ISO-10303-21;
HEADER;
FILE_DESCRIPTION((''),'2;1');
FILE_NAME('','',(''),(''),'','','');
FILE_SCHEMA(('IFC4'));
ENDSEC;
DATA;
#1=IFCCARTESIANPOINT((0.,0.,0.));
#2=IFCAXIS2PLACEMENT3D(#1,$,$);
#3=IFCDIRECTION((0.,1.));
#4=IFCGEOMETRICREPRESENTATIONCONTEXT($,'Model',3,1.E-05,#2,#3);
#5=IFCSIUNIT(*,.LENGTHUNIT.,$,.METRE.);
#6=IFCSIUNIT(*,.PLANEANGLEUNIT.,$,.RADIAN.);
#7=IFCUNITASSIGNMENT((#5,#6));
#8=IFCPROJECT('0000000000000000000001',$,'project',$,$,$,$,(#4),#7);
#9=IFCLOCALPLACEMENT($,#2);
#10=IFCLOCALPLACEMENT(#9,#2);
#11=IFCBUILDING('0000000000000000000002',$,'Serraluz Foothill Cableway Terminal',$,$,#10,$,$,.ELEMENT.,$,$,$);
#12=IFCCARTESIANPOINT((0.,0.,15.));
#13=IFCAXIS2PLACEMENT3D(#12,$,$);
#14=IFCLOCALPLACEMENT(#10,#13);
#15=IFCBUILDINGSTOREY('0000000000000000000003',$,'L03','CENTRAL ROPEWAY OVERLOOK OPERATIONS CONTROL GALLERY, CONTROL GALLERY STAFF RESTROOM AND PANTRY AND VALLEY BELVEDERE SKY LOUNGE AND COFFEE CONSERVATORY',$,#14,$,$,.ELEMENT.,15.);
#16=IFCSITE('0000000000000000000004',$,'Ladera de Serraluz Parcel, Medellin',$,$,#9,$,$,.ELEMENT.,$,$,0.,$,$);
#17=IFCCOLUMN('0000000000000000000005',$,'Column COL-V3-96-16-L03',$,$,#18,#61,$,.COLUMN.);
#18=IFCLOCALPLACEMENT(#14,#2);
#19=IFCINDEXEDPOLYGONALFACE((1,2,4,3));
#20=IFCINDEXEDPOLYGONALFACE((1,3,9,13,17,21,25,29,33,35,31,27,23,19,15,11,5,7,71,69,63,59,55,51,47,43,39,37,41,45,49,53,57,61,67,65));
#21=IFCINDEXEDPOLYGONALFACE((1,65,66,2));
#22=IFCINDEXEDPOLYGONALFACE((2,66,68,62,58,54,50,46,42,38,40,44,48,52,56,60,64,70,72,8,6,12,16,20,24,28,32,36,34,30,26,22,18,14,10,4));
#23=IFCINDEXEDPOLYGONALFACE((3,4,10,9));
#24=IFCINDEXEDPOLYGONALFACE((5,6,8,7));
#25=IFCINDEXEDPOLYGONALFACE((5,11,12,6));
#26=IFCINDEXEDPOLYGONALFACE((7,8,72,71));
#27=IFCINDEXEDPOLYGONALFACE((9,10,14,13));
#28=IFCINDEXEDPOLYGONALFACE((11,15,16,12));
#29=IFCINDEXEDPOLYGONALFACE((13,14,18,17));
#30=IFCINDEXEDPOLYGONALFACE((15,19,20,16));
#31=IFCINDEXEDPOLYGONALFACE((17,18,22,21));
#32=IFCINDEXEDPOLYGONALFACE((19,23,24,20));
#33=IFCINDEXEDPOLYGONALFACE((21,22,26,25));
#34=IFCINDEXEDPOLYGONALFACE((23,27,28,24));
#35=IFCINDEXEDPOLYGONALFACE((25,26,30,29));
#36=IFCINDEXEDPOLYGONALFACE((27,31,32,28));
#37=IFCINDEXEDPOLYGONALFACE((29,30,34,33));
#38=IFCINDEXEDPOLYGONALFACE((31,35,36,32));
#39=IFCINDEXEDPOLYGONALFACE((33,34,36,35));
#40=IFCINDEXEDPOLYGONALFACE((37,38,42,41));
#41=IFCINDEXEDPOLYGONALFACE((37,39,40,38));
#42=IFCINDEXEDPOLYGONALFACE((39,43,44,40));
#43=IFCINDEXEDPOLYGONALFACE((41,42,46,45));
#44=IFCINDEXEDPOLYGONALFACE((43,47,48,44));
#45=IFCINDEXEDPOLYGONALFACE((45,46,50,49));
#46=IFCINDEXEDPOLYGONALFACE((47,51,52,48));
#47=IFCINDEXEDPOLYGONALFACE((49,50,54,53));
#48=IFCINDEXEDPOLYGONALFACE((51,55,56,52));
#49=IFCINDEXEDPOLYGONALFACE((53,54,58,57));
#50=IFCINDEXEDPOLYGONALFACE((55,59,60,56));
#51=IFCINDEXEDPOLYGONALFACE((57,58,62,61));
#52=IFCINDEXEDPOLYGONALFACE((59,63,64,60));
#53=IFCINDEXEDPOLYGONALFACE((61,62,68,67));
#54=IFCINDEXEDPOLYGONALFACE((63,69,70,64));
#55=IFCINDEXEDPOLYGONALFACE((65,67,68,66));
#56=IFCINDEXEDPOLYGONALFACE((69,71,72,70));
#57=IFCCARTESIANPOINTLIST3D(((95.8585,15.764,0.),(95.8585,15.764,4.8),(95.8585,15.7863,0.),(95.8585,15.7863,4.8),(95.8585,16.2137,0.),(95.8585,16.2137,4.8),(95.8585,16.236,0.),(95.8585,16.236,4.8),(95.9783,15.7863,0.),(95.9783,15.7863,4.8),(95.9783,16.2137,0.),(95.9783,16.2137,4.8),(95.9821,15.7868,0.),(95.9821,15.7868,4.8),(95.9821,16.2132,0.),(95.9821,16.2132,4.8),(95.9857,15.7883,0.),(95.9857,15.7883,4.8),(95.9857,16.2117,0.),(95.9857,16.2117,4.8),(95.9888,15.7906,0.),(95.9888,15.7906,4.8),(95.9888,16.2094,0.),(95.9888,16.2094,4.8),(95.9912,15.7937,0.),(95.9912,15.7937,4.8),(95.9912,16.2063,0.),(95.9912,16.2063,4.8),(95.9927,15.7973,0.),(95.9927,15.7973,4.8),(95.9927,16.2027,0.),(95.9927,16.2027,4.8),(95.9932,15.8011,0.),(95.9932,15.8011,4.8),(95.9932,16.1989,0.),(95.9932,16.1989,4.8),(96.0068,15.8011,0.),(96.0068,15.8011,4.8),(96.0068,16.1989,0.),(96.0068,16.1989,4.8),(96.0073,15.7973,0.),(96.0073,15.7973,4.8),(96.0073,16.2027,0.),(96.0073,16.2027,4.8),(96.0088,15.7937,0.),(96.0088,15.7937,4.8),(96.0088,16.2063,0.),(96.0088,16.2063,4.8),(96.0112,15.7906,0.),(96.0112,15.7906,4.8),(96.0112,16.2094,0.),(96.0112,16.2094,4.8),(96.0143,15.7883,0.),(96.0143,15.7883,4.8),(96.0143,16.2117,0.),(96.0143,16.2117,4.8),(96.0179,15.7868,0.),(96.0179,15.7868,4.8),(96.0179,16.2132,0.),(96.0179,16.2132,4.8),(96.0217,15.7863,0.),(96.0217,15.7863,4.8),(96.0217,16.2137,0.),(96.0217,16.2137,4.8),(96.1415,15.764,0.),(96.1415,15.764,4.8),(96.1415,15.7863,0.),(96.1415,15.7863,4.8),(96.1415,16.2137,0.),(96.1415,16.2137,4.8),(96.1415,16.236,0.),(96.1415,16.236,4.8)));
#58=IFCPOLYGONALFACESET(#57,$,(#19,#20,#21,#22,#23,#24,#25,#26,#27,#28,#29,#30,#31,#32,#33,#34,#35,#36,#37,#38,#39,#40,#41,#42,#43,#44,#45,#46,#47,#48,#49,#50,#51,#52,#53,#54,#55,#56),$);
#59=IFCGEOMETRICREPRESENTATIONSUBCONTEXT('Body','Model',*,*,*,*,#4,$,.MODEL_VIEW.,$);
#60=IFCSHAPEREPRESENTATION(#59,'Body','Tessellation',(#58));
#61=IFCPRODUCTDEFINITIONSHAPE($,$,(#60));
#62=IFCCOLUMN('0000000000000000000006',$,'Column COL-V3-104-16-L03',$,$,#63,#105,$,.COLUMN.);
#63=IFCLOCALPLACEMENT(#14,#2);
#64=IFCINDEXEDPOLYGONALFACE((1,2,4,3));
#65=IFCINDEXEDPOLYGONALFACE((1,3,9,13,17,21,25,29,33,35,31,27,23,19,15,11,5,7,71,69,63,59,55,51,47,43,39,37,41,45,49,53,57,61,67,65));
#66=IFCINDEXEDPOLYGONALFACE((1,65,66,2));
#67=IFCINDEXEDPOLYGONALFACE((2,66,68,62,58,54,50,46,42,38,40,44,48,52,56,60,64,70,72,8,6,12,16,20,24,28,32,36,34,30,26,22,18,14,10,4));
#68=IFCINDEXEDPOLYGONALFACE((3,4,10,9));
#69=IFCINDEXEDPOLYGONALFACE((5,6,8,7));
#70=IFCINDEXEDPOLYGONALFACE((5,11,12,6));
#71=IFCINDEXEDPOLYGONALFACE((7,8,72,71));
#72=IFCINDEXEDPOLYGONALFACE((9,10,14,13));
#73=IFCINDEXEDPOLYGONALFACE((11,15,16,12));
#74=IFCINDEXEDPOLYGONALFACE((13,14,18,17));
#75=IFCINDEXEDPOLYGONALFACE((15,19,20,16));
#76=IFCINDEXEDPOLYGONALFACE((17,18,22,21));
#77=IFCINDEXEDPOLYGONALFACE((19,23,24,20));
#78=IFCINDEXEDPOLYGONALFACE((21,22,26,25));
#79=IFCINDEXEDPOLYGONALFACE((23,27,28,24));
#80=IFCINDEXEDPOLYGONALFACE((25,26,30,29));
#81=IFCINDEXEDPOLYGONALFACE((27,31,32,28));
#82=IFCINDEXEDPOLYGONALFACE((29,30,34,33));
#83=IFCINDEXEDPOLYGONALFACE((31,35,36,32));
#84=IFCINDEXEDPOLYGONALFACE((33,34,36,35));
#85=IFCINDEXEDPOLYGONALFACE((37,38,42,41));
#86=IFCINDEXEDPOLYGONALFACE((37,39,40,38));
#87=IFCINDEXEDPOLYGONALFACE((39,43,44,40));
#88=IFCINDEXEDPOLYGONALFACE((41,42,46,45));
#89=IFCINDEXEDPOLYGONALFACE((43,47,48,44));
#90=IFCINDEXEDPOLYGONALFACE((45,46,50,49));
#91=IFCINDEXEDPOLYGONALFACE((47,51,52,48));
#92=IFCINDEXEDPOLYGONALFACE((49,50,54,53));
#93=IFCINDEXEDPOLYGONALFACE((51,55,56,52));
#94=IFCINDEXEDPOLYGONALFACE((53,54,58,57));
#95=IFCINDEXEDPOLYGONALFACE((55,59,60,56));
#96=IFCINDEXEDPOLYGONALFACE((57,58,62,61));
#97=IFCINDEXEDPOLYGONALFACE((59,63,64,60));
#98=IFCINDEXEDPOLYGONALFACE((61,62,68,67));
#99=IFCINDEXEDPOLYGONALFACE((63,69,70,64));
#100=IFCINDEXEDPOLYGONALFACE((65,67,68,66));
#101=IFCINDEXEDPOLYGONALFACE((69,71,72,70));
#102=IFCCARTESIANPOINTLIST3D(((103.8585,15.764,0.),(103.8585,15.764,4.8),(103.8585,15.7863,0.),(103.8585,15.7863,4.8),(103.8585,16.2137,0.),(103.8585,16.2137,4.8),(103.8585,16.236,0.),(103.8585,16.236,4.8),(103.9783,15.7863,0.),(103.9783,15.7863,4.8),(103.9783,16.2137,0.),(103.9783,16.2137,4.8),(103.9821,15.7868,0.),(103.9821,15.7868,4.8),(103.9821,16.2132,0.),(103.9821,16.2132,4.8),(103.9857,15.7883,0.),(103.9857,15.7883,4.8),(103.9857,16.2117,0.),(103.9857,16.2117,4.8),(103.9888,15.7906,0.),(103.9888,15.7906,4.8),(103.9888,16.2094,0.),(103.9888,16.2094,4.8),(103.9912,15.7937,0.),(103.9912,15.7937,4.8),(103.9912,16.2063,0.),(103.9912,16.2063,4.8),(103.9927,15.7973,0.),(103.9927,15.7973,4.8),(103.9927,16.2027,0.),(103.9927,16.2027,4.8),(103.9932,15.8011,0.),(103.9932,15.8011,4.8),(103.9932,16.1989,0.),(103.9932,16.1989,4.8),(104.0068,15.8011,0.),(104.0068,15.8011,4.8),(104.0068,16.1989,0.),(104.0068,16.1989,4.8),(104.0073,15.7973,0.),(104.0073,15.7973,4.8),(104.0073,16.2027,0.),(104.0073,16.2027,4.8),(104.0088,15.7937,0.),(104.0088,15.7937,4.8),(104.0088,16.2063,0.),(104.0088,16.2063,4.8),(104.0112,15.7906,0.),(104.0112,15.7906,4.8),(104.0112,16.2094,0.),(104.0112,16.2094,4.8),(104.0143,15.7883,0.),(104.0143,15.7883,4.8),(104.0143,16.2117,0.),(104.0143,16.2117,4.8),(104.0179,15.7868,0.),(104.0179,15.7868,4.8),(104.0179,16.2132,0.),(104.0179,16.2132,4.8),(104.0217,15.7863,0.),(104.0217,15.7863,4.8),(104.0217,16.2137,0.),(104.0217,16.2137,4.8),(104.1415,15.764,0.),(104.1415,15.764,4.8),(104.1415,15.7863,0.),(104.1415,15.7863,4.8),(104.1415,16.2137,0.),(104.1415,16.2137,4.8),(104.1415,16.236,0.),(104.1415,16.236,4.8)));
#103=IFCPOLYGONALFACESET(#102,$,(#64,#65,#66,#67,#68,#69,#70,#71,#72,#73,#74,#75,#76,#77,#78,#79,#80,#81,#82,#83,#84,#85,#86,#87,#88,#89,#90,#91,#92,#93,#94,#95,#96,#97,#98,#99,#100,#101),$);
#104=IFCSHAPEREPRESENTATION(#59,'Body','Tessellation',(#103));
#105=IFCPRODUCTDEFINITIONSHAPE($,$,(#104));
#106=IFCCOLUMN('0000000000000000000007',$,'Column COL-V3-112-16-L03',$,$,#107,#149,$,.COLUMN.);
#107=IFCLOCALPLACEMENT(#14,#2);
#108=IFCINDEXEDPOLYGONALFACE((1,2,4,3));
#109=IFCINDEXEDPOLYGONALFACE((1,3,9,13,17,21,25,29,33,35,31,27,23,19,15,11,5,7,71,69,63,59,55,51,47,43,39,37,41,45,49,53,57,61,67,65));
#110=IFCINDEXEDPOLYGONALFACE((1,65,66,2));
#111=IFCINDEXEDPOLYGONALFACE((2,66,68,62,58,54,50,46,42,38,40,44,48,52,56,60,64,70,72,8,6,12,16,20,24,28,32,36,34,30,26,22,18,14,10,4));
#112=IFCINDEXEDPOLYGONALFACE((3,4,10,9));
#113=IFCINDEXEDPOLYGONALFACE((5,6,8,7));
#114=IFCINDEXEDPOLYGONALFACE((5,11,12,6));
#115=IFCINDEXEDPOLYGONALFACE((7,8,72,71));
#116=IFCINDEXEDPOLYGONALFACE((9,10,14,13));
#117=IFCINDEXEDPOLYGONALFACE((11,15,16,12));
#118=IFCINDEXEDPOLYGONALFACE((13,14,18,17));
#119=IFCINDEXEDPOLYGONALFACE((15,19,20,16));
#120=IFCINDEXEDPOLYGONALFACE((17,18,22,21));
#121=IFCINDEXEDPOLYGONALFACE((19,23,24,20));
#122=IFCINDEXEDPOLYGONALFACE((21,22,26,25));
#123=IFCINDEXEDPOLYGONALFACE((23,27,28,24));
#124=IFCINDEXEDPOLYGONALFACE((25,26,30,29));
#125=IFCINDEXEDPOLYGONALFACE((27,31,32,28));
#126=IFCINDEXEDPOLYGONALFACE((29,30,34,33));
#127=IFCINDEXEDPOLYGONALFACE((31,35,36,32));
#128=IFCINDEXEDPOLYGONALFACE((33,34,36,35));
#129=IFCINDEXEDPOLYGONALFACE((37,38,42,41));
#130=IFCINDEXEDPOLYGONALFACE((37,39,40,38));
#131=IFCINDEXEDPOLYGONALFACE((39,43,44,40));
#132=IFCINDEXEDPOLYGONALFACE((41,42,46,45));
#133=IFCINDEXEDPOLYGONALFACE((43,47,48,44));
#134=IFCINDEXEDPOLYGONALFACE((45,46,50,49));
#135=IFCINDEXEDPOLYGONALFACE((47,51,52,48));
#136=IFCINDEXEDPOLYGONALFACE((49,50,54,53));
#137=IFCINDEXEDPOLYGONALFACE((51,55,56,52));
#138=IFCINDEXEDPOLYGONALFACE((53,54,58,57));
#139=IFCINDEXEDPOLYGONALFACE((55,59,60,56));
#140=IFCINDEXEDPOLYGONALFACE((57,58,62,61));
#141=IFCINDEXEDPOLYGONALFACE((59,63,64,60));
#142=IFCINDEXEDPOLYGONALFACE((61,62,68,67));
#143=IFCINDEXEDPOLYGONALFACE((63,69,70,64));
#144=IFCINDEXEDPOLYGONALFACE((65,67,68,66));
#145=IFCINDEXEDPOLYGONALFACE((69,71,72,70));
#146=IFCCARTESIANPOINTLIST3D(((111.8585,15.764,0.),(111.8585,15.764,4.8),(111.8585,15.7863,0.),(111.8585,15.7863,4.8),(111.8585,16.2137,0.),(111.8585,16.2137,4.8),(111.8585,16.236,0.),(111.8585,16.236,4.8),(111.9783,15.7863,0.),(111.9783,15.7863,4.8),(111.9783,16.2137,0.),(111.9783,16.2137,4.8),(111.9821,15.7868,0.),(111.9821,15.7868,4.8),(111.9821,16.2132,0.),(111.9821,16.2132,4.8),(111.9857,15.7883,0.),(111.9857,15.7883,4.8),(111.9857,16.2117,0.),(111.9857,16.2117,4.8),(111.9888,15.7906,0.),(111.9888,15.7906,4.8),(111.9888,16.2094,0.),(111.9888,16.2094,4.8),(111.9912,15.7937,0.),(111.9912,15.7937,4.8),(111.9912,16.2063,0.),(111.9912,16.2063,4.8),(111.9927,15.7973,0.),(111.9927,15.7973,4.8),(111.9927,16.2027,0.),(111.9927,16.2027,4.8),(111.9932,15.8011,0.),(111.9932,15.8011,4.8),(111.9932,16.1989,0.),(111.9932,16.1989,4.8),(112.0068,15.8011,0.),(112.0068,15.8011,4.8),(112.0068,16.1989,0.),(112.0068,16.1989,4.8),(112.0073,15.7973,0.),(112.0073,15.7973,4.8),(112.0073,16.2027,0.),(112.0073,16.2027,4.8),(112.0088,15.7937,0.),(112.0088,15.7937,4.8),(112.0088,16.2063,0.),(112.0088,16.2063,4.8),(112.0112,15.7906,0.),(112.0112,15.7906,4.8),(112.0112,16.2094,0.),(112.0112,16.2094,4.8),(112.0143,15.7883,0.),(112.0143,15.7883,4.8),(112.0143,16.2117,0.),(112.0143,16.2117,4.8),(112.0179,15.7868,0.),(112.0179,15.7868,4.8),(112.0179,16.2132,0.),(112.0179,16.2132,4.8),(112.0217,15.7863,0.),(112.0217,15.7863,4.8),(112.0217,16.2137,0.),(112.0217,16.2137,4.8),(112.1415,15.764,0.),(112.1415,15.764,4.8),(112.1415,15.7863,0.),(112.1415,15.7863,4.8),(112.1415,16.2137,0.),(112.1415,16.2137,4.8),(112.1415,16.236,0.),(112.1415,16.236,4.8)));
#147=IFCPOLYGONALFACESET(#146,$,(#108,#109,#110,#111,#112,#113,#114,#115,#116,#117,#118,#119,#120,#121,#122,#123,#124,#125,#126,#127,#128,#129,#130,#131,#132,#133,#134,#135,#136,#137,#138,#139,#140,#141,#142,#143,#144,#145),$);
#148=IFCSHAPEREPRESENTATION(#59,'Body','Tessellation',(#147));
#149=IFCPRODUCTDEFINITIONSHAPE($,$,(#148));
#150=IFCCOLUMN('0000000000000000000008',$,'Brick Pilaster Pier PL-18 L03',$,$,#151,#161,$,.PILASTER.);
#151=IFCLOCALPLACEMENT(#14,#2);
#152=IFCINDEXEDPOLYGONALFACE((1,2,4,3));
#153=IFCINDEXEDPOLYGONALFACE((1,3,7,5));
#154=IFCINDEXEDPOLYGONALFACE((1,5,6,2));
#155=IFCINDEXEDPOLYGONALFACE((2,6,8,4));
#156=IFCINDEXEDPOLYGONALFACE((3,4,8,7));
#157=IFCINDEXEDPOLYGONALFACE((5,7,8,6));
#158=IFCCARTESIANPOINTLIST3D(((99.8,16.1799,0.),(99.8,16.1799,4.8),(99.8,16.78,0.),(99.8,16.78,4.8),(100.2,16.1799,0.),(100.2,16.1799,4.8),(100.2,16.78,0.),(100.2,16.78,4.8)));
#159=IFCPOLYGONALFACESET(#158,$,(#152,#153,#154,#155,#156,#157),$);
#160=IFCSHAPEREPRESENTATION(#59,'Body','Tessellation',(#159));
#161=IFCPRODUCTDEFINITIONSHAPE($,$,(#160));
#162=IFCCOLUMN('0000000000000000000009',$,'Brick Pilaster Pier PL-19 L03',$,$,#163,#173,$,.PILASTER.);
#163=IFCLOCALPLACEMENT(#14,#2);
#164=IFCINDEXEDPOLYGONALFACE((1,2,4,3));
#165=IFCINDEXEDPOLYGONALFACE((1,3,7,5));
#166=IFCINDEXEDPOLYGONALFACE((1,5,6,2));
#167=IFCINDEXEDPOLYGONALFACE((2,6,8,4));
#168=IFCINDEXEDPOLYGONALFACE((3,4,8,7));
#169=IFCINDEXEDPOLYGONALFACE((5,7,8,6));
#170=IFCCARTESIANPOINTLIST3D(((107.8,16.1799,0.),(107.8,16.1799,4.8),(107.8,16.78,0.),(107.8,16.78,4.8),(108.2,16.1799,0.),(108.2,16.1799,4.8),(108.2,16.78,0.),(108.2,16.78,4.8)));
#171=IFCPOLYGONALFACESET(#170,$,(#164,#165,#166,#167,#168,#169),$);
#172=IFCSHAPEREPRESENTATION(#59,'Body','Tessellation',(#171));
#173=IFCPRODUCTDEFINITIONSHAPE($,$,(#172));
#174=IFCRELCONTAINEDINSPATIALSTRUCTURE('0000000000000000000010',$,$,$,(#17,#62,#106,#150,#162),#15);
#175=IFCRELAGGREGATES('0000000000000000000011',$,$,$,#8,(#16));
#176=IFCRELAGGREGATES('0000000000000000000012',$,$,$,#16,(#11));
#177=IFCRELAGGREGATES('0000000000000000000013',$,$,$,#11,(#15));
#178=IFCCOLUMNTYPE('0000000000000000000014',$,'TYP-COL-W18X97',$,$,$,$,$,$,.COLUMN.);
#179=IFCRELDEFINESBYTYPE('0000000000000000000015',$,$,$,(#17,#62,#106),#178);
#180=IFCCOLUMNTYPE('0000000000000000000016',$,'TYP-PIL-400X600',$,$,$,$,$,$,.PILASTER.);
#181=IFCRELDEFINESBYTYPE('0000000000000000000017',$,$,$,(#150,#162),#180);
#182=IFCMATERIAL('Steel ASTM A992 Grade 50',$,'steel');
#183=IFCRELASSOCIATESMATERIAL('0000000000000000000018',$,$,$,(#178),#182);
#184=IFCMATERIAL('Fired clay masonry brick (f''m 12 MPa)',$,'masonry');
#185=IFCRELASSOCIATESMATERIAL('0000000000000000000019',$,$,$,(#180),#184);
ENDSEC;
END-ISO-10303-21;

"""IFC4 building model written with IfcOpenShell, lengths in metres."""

from ifc_helpers import new_model, si_unit, direction, frame, origin, origin_2d, place, context, subcontext, project, spatial, rectangle, i_section, extrude, material, material_profile, profile_set, type_object, element, save


model = new_model("IFC4")

# Units and contexts
model_context = context("Model", 3, precision=1e-05, world=origin(), true_north=direction((0.0, 1.0)))
body_context = subcontext(model_context, "Body", "Model", "MODEL_VIEW")
ifc_project = project(units=[si_unit("LENGTHUNIT", "METRE"), si_unit("PLANEANGLEUNIT", "RADIAN")], contexts=[model_context])

# Site, building, storey
site_placement = place(None, origin())
site = spatial("IfcSite", under=ifc_project, at=site_placement, Name="Ladera de Serraluz Parcel, Medellin", CompositionType="ELEMENT", RefElevation=0.0)
building_placement = place(site_placement, origin())
building = spatial("IfcBuilding", under=site, at=building_placement, Name="Serraluz Foothill Cableway Terminal", CompositionType="ELEMENT")
storey_placement = place(building_placement, frame((0.0, 0.0, 15.0)))
storey = spatial("IfcBuildingStorey", under=building, at=storey_placement, Name="L03", Description="CENTRAL ROPEWAY OVERLOOK OPERATIONS CONTROL GALLERY, CONTROL GALLERY STAFF RESTROOM AND PANTRY AND VALLEY BELVEDERE SKY LOUNGE AND COFFEE CONSERVATORY", CompositionType="ELEMENT", Elevation=15.0)

# Columns
ifc_material_1 = material(Name="Steel ASTM A992 Grade 50", Category="steel")
ifc_material_profile_1 = material_profile(ifc_material_1, i_section(OverallWidth=0.283, OverallDepth=0.4719, WebThickness=0.0137, FlangeThickness=0.0222, FilletRadius=0.0149, at=origin_2d()), Name="W18X97")
ifc_profile_set_1 = profile_set([ifc_material_profile_1], Name="Steel ASTM A992 Grade 50")
column_type_1 = type_object("IfcColumnType", Name="TYP-COL-W18X97", PredefinedType="COLUMN", material=ifc_profile_set_1)
for number, where, z_axis, x_axis, name in (
    (1, (96.0, 16.0, 0.0), (0.0, 0.0, 1.0), (1.0, 0.0, 0.0), "Column COL-V3-96-16-L03"),
    (2, (104.0, 16.0, 0.0), (0.0, 0.0, 1.0), (1.0, 0.0, 0.0), "Column COL-V3-104-16-L03"),
    (3, (112.0, 16.0, 0.0), (0.0, 0.0, 1.0), (1.0, 0.0, 0.0), "Column COL-V3-112-16-L03"),
):
    element("IfcColumn", number, at=place(storey_placement, frame(where, z_axis=z_axis, x_axis=x_axis)), inside=storey, type_object=column_type_1, Name=name, PredefinedType="COLUMN", context=body_context, shape_type="SweptSolid", body=[
        extrude(i_section(OverallWidth=0.283, OverallDepth=0.4719, WebThickness=0.0137, FlangeThickness=0.0222, FilletRadius=0.0149, at=origin_2d()), origin(), (0.0, 0.0, 1.0), 4.8),
    ])
ifc_material_2 = material(Name="Fired clay masonry brick (f'm 12 MPa)", Category="masonry")
ifc_material_profile_2 = material_profile(ifc_material_2, rectangle(XDim=0.3999, YDim=0.6001, at=origin_2d()), Name="PIL 400x600")
ifc_profile_set_2 = profile_set([ifc_material_profile_2], Name="Fired clay masonry brick (f'm 12 MPa)")
column_type_2 = type_object("IfcColumnType", Name="TYP-PIL-400X600", PredefinedType="PILASTER", material=ifc_profile_set_2)
for number, where, z_axis, x_axis, name in (
    (4, (100.0, 16.48, 0.0), (0.0, 0.0, 1.0), (1.0, 0.0, 0.0), "Brick Pilaster Pier PL-18 L03"),
    (5, (108.0, 16.48, 0.0), (0.0, 0.0, 1.0), (1.0, 0.0, 0.0), "Brick Pilaster Pier PL-19 L03"),
):
    element("IfcColumn", number, at=place(storey_placement, frame(where, z_axis=z_axis, x_axis=x_axis)), inside=storey, type_object=column_type_2, Name=name, PredefinedType="PILASTER", context=body_context, shape_type="SweptSolid", body=[
        extrude(rectangle(XDim=0.3999, YDim=0.6001, at=origin_2d()), origin(), (0.0, 0.0, 1.0), 4.8),
    ])

save(model, "model.ifc")
